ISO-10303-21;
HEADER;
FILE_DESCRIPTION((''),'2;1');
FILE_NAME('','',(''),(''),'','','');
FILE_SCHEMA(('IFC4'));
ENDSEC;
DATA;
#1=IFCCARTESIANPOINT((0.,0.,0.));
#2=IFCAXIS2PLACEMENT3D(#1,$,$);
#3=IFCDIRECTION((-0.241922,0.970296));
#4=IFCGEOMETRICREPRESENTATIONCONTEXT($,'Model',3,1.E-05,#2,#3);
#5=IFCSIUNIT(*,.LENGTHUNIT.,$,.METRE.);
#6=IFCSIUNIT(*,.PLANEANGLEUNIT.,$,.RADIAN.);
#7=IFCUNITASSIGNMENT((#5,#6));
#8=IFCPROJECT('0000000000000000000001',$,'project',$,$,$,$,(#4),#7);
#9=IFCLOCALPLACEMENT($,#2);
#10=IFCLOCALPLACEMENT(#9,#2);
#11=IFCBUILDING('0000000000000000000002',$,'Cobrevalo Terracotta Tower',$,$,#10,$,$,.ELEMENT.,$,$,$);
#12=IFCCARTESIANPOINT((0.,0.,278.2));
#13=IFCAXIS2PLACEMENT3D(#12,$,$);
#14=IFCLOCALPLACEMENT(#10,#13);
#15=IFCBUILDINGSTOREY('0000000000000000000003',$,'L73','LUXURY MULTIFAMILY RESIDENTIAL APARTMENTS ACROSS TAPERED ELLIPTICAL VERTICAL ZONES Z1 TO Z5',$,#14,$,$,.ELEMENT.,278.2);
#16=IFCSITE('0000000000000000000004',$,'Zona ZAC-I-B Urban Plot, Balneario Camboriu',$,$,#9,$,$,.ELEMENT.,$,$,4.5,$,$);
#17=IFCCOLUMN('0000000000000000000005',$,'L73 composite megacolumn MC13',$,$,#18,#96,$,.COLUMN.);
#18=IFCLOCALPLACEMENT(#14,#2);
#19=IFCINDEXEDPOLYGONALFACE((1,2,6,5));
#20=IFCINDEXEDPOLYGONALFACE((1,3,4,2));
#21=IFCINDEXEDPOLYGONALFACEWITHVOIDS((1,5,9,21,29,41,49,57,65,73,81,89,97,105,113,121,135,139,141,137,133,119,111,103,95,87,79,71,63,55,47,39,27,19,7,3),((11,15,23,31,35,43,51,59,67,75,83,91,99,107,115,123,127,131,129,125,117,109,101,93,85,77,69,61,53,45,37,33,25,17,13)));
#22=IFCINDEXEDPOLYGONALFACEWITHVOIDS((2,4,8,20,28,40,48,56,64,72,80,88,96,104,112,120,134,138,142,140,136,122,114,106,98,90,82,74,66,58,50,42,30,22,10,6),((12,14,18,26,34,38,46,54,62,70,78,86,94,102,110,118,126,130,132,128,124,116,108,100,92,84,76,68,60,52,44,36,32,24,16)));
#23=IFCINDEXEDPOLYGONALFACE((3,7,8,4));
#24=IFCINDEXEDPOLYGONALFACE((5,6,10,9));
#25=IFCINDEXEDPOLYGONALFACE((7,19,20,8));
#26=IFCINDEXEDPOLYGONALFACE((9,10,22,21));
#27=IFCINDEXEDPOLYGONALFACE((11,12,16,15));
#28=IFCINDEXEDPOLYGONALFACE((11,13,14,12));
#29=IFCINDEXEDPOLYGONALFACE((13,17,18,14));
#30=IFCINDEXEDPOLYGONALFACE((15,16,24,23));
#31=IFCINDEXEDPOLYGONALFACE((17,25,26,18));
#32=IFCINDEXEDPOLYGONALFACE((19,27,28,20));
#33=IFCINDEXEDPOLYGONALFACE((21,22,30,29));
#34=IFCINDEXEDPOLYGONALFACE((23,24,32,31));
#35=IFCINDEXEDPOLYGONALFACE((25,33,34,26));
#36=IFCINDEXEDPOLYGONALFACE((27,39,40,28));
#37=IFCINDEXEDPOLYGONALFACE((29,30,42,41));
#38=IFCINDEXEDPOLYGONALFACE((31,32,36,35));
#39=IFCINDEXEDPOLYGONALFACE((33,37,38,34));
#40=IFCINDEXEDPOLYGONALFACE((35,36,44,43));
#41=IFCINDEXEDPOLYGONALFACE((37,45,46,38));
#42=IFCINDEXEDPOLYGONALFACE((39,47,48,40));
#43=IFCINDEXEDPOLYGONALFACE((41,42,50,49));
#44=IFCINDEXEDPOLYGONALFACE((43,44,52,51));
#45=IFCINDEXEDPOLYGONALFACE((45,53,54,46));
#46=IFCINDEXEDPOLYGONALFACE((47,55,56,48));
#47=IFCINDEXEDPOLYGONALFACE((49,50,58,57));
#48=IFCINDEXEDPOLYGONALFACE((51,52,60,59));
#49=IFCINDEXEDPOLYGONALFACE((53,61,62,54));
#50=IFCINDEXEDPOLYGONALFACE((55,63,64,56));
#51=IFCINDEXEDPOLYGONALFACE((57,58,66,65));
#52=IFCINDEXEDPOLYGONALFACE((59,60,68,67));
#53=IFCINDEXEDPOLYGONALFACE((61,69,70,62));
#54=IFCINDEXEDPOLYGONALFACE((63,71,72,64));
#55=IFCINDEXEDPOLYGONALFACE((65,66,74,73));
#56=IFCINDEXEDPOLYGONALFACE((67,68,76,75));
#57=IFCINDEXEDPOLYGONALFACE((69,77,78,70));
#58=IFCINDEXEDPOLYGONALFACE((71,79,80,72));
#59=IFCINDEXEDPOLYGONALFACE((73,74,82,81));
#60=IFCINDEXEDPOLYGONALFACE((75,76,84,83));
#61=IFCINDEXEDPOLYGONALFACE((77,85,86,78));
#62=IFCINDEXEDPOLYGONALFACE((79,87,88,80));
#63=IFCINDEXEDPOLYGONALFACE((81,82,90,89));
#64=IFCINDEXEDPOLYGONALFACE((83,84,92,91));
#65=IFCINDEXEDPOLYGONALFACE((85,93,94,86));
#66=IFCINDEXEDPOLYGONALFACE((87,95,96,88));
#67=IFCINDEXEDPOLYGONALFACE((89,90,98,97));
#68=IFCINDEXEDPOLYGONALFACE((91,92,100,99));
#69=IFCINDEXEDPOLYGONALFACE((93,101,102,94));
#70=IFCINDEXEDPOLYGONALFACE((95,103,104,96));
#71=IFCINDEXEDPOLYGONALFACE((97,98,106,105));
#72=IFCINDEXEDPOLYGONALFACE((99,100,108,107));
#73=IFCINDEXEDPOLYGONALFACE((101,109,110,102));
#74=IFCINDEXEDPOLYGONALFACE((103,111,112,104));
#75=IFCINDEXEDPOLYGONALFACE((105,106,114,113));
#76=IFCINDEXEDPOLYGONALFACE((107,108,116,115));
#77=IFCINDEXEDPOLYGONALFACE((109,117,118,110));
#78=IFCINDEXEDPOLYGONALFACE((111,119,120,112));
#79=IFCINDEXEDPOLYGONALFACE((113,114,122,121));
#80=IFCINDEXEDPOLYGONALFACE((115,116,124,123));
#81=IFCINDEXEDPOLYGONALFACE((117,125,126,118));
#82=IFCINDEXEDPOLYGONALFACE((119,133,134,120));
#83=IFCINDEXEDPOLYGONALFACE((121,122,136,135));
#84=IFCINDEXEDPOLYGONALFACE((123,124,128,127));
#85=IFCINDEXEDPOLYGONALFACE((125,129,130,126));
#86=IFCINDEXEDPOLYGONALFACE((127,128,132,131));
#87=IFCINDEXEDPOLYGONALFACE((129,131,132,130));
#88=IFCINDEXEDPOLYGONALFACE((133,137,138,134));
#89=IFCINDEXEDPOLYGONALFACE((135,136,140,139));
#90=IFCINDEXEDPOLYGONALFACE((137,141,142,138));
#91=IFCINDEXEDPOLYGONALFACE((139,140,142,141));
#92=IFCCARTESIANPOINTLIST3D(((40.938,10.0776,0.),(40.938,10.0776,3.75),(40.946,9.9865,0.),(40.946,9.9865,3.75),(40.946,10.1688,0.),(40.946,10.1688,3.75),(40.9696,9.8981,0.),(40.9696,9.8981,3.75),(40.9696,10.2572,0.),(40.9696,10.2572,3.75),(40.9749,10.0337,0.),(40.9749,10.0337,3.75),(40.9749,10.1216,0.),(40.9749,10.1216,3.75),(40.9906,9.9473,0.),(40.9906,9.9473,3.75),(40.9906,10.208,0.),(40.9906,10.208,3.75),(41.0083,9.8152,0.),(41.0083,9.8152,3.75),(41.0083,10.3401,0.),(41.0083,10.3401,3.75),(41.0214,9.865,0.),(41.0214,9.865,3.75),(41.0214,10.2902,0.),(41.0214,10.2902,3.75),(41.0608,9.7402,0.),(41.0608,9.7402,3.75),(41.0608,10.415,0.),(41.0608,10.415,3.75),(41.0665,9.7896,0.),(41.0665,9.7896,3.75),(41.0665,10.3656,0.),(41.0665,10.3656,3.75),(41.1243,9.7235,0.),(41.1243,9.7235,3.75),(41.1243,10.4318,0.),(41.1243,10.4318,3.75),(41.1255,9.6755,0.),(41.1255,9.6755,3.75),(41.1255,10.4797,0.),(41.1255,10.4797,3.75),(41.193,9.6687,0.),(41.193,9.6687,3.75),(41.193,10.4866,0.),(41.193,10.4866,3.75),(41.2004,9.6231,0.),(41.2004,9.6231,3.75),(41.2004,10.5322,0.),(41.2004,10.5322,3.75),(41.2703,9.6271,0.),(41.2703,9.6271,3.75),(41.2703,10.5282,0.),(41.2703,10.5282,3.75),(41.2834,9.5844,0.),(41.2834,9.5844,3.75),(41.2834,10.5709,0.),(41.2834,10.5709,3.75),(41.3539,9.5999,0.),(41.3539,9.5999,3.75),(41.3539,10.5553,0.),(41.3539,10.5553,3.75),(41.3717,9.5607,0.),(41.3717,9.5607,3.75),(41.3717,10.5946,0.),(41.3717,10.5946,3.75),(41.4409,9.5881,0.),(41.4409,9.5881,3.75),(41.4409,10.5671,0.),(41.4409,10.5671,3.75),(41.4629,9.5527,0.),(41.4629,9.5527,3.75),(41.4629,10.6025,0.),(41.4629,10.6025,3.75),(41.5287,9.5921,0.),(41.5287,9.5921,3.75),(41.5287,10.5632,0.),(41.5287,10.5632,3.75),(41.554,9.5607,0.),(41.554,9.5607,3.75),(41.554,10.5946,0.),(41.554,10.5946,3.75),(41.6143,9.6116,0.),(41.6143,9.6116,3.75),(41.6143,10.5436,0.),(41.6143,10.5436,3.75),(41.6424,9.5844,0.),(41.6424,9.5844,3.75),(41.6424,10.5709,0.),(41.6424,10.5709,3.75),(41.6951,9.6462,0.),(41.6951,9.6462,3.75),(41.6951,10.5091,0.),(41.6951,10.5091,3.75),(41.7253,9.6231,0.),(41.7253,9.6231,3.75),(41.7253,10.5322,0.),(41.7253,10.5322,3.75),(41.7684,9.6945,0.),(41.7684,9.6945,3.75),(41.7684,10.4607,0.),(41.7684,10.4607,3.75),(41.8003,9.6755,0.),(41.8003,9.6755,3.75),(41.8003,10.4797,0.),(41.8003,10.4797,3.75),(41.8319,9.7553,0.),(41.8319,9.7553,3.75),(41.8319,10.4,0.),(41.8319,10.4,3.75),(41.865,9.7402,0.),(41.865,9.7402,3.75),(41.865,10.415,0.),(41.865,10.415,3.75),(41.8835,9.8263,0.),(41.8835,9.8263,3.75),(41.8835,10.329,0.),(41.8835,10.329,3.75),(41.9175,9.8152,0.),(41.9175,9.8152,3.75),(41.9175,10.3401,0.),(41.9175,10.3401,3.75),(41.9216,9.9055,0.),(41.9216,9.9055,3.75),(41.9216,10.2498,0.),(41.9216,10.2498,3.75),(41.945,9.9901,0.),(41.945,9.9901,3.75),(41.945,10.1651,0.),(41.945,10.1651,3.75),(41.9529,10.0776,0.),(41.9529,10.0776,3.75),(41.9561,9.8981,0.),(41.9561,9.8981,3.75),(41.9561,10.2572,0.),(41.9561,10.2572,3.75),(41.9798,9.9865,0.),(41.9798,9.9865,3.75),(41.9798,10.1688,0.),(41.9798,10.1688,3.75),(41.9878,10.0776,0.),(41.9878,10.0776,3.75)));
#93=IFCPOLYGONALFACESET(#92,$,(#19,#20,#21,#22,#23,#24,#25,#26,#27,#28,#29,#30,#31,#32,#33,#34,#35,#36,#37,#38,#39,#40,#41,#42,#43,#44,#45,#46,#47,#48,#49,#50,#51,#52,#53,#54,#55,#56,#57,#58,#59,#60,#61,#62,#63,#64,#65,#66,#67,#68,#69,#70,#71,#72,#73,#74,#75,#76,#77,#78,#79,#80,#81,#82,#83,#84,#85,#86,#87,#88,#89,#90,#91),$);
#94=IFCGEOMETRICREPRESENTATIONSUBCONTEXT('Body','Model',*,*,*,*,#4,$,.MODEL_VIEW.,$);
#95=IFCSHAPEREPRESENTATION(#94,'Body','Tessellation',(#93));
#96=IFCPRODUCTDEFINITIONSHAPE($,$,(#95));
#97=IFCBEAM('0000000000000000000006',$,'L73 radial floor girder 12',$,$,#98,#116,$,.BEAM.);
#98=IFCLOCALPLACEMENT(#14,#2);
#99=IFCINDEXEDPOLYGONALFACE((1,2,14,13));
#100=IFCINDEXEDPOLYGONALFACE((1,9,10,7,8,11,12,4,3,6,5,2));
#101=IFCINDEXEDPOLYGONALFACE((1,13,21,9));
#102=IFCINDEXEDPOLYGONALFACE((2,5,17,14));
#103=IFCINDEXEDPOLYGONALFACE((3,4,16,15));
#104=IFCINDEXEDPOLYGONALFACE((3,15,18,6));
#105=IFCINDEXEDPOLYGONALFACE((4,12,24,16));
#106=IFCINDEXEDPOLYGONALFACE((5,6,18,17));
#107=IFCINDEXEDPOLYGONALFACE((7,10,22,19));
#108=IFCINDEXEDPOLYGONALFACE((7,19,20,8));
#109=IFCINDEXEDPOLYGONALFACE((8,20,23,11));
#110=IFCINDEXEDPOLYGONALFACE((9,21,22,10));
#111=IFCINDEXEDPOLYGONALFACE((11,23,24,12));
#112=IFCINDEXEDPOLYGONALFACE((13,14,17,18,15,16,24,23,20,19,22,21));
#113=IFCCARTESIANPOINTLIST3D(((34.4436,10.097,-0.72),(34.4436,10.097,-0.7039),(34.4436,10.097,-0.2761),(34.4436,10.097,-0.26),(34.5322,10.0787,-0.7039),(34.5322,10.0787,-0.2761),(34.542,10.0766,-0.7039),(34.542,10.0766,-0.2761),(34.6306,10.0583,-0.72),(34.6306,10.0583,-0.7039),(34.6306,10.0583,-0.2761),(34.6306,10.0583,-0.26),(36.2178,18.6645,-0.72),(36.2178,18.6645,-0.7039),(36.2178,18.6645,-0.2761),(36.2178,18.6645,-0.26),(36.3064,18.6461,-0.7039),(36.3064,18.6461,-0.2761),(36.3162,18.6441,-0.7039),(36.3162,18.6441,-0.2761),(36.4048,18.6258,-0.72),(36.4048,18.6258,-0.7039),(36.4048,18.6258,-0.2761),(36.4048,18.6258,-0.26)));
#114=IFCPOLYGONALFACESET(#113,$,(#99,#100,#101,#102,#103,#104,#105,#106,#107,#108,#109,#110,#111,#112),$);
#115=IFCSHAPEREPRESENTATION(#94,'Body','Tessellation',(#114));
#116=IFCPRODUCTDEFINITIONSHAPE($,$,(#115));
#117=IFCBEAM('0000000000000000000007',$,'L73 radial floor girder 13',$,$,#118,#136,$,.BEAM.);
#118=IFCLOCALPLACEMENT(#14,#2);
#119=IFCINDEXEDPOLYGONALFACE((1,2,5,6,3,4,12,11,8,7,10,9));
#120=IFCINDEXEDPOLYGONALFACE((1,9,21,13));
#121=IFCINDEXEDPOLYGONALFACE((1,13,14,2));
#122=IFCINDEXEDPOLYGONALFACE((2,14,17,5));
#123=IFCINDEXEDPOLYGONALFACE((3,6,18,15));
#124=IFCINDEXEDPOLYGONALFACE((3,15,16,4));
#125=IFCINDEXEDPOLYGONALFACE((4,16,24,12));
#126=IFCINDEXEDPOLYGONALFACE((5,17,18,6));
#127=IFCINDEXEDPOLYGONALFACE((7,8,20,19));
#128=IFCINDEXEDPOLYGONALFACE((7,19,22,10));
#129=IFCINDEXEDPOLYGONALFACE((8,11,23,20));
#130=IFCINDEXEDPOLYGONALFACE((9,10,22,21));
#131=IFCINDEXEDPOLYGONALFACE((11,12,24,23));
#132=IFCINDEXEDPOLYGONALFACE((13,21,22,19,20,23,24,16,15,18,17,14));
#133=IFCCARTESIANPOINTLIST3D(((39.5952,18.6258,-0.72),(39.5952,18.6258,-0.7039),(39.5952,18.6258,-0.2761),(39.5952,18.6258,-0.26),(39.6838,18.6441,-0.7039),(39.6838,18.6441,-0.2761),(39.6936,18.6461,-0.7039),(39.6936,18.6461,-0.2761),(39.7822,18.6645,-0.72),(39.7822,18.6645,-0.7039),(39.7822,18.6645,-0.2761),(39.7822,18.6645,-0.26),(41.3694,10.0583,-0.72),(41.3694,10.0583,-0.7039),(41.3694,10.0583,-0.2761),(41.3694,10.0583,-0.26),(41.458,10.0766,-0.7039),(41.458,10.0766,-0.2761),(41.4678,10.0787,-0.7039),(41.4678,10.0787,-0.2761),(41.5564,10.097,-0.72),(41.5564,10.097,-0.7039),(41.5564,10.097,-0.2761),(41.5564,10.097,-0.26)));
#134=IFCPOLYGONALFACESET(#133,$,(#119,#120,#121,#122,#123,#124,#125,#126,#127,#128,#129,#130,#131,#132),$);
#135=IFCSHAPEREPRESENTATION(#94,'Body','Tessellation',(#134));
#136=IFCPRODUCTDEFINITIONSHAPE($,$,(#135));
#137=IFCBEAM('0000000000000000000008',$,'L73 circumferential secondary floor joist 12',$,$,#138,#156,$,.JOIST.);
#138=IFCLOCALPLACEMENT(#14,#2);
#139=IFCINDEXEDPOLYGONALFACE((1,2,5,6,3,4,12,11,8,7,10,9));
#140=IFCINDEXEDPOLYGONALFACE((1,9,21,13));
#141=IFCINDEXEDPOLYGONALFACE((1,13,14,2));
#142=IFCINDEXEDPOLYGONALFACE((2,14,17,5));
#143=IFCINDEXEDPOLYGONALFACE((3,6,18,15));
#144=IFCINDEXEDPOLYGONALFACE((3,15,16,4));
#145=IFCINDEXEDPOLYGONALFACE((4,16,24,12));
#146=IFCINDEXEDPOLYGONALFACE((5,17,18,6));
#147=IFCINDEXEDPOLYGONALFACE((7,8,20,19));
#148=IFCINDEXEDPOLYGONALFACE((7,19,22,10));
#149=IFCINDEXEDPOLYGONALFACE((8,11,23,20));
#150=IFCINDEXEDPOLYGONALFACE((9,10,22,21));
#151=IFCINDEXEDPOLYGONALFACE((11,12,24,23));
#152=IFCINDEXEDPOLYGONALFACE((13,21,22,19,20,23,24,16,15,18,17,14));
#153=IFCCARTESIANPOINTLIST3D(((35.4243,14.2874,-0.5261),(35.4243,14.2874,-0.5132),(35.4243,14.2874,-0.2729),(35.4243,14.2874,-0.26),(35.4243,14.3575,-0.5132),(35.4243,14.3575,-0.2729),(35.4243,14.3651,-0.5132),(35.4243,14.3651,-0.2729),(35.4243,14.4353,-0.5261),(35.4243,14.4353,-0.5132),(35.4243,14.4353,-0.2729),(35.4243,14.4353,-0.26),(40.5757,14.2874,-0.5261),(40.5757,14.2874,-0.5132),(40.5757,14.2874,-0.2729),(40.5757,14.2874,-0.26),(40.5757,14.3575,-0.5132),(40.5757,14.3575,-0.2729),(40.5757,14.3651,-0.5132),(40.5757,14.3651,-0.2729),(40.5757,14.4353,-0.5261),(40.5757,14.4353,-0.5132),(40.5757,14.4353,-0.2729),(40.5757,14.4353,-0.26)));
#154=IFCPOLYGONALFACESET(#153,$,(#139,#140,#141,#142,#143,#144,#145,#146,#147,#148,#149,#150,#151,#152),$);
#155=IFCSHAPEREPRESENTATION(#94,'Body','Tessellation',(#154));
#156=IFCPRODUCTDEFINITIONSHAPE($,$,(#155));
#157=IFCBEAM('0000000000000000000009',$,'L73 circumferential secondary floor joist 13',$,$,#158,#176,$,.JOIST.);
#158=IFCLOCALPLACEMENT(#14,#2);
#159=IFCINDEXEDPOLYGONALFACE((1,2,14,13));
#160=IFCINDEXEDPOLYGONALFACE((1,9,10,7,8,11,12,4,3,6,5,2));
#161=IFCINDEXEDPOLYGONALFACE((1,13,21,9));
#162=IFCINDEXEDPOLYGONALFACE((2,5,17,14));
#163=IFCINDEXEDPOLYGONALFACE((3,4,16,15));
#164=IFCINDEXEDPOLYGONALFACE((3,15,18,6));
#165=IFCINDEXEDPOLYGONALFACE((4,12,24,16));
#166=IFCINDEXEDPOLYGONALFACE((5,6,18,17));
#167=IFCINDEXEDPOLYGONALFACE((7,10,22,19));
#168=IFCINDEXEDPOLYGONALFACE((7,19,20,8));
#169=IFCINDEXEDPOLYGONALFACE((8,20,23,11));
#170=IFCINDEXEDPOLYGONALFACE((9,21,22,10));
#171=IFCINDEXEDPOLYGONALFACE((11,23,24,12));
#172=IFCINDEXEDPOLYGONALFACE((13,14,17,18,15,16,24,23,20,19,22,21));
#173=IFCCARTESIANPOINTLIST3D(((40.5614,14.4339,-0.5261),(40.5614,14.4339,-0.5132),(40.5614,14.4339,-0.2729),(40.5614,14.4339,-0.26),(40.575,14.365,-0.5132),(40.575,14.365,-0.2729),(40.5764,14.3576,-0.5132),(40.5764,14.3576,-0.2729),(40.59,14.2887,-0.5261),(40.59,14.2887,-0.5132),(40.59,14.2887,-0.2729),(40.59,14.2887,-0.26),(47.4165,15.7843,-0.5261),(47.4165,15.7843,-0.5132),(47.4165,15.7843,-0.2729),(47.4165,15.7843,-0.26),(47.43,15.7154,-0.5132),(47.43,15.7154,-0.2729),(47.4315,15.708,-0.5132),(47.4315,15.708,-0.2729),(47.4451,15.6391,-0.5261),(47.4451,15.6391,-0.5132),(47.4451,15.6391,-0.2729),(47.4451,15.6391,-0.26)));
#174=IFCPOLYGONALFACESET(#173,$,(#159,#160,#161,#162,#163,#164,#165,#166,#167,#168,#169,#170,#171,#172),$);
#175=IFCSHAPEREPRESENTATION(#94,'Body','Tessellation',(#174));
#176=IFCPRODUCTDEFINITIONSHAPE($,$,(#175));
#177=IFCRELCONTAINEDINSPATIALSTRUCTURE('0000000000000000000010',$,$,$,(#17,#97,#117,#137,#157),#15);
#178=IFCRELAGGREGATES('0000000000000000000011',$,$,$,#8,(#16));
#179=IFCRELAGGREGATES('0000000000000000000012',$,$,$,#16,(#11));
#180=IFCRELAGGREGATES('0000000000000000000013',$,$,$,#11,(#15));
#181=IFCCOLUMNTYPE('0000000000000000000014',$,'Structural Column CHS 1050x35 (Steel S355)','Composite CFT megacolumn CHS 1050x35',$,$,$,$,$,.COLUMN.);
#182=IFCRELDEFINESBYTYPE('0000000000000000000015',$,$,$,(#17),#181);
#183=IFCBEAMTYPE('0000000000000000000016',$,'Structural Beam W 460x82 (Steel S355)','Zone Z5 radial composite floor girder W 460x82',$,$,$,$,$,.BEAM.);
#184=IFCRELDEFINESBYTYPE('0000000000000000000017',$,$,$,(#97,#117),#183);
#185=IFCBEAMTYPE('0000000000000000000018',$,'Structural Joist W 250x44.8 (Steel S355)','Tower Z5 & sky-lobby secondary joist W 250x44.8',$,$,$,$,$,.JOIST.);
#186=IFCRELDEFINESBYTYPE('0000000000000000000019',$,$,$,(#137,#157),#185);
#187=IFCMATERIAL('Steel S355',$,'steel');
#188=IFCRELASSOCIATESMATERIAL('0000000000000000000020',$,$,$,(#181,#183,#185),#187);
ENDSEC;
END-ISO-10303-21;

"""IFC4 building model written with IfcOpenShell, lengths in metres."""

from ifc_helpers import new_model, si_unit, direction, frame, origin, origin_2d, place, context, subcontext, project, spatial, hollow_circle, i_section, extrude, material, material_profile, profile_set, type_object, element, save


model = new_model("IFC4")

# Units and contexts
model_context = context("Model", 3, precision=1e-05, world=origin(), true_north=direction((-0.241922, 0.970296)))
body_context = subcontext(model_context, "Body", "Model", "MODEL_VIEW")
ifc_project = project(units=[si_unit("LENGTHUNIT", "METRE"), si_unit("PLANEANGLEUNIT", "RADIAN")], contexts=[model_context])

# Site, building, storey
site_placement = place(None, origin())
site = spatial("IfcSite", under=ifc_project, at=site_placement, Name="Zona ZAC-I-B Urban Plot, Balneario Camboriu", CompositionType="ELEMENT", RefElevation=4.5)
building_placement = place(site_placement, origin())
building = spatial("IfcBuilding", under=site, at=building_placement, Name="Cobrevalo Terracotta Tower", CompositionType="ELEMENT")
storey_placement = place(building_placement, frame((0.0, 0.0, 278.2)))
storey = spatial("IfcBuildingStorey", under=building, at=storey_placement, Name="L73", Description="LUXURY MULTIFAMILY RESIDENTIAL APARTMENTS ACROSS TAPERED ELLIPTICAL VERTICAL ZONES Z1 TO Z5", CompositionType="ELEMENT", Elevation=278.2)

# Column
ifc_material_1 = material(Name="Steel S355", Category="steel")
ifc_material_profile_1 = material_profile(ifc_material_1, hollow_circle(Radius=0.5249, WallThickness=0.0349, at=origin_2d()), Name="CHS 1050x35")
ifc_profile_set_1 = profile_set([ifc_material_profile_1], Name="Steel S355")
column_type = type_object("IfcColumnType", Name="Structural Column CHS 1050x35 (Steel S355)", Description="Composite CFT megacolumn CHS 1050x35", PredefinedType="COLUMN", material=ifc_profile_set_1)
column_placement = place(storey_placement, frame((41.4629, 10.0776, 0.0), z_axis=(0.0, 0.0, 1.0), x_axis=(1.0, 0.0, 0.0)))
element("IfcColumn", 1, at=column_placement, inside=storey, type_object=column_type, Name="L73 composite megacolumn MC13", PredefinedType="COLUMN", context=body_context, shape_type="SweptSolid", body=[
    extrude(hollow_circle(Radius=0.5249, WallThickness=0.0349, at=origin_2d()), origin(), (0.0, 0.0, 1.0), 3.75),
])

# Beams
ifc_material_profile_2 = material_profile(ifc_material_1, i_section(OverallWidth=0.1909, OverallDepth=0.46, WebThickness=0.01, FlangeThickness=0.0161, at=origin_2d()), Name="W 460x82")
ifc_profile_set_2 = profile_set([ifc_material_profile_2], Name="Steel S355")
beam_type_1 = type_object("IfcBeamType", Name="Structural Beam W 460x82 (Steel S355)", Description="Zone Z5 radial composite floor girder W 460x82", PredefinedType="BEAM", material=ifc_profile_set_2)
for number, where, z_axis, x_axis, name in (
    (2, (34.5371, 10.0776, -0.49), (0.202782, 0.979224, 0.0), (-0.979224, 0.202782, 0.0), "L73 radial floor girder 12"),
    (3, (41.4629, 10.0776, -0.49), (-0.202782, 0.979224, 0.0), (-0.979224, -0.202782, 0.0), "L73 radial floor girder 13"),
):
    element("IfcBeam", number, at=place(storey_placement, frame(where, z_axis=z_axis, x_axis=x_axis)), inside=storey, type_object=beam_type_1, Name=name, PredefinedType="BEAM", context=body_context, shape_type="SweptSolid", body=[
        extrude(i_section(OverallWidth=0.1909, OverallDepth=0.46, WebThickness=0.01, FlangeThickness=0.0161, at=origin_2d()), origin(), (0.0, 0.0, 1.0), 8.7493),
    ])
ifc_material_profile_3 = material_profile(ifc_material_1, i_section(OverallWidth=0.1479, OverallDepth=0.2661, WebThickness=0.0076, FlangeThickness=0.0129, at=origin_2d()), Name="W 250x44.8")
ifc_profile_set_3 = profile_set([ifc_material_profile_3], Name="Steel S355")
beam_type_2 = type_object("IfcBeamType", Name="Structural Joist W 250x44.8 (Steel S355)", Description="Tower Z5 & sky-lobby secondary joist W 250x44.8", PredefinedType="JOIST", material=ifc_profile_set_3)
beam_1_placement = place(storey_placement, frame((35.4243, 14.3613, -0.3931), z_axis=(1.0, 0.0, 0.0), x_axis=(0.0, 1.0, 0.0)))
element("IfcBeam", 4, at=beam_1_placement, inside=storey, type_object=beam_type_2, Name="L73 circumferential secondary floor joist 12", PredefinedType="JOIST", context=body_context, shape_type="SweptSolid", body=[
    extrude(i_section(OverallWidth=0.1479, OverallDepth=0.2661, WebThickness=0.0076, FlangeThickness=0.0129, at=origin_2d()), origin(), (0.0, 0.0, 1.0), 5.1514),
])
beam_2_placement = place(storey_placement, frame((40.5757, 14.3613, -0.3931), z_axis=(0.981145, 0.193273, 0.0), x_axis=(-0.193273, 0.981145, 0.0)))
element("IfcBeam", 5, at=beam_2_placement, inside=storey, type_object=beam_type_2, Name="L73 circumferential secondary floor joist 13", PredefinedType="JOIST", context=body_context, shape_type="SweptSolid", body=[
    extrude(i_section(OverallWidth=0.1479, OverallDepth=0.2661, WebThickness=0.0076, FlangeThickness=0.0129, at=origin_2d()), origin(), (0.0, 0.0, 1.0), 6.9868),
])

save(model, "model.ifc")
